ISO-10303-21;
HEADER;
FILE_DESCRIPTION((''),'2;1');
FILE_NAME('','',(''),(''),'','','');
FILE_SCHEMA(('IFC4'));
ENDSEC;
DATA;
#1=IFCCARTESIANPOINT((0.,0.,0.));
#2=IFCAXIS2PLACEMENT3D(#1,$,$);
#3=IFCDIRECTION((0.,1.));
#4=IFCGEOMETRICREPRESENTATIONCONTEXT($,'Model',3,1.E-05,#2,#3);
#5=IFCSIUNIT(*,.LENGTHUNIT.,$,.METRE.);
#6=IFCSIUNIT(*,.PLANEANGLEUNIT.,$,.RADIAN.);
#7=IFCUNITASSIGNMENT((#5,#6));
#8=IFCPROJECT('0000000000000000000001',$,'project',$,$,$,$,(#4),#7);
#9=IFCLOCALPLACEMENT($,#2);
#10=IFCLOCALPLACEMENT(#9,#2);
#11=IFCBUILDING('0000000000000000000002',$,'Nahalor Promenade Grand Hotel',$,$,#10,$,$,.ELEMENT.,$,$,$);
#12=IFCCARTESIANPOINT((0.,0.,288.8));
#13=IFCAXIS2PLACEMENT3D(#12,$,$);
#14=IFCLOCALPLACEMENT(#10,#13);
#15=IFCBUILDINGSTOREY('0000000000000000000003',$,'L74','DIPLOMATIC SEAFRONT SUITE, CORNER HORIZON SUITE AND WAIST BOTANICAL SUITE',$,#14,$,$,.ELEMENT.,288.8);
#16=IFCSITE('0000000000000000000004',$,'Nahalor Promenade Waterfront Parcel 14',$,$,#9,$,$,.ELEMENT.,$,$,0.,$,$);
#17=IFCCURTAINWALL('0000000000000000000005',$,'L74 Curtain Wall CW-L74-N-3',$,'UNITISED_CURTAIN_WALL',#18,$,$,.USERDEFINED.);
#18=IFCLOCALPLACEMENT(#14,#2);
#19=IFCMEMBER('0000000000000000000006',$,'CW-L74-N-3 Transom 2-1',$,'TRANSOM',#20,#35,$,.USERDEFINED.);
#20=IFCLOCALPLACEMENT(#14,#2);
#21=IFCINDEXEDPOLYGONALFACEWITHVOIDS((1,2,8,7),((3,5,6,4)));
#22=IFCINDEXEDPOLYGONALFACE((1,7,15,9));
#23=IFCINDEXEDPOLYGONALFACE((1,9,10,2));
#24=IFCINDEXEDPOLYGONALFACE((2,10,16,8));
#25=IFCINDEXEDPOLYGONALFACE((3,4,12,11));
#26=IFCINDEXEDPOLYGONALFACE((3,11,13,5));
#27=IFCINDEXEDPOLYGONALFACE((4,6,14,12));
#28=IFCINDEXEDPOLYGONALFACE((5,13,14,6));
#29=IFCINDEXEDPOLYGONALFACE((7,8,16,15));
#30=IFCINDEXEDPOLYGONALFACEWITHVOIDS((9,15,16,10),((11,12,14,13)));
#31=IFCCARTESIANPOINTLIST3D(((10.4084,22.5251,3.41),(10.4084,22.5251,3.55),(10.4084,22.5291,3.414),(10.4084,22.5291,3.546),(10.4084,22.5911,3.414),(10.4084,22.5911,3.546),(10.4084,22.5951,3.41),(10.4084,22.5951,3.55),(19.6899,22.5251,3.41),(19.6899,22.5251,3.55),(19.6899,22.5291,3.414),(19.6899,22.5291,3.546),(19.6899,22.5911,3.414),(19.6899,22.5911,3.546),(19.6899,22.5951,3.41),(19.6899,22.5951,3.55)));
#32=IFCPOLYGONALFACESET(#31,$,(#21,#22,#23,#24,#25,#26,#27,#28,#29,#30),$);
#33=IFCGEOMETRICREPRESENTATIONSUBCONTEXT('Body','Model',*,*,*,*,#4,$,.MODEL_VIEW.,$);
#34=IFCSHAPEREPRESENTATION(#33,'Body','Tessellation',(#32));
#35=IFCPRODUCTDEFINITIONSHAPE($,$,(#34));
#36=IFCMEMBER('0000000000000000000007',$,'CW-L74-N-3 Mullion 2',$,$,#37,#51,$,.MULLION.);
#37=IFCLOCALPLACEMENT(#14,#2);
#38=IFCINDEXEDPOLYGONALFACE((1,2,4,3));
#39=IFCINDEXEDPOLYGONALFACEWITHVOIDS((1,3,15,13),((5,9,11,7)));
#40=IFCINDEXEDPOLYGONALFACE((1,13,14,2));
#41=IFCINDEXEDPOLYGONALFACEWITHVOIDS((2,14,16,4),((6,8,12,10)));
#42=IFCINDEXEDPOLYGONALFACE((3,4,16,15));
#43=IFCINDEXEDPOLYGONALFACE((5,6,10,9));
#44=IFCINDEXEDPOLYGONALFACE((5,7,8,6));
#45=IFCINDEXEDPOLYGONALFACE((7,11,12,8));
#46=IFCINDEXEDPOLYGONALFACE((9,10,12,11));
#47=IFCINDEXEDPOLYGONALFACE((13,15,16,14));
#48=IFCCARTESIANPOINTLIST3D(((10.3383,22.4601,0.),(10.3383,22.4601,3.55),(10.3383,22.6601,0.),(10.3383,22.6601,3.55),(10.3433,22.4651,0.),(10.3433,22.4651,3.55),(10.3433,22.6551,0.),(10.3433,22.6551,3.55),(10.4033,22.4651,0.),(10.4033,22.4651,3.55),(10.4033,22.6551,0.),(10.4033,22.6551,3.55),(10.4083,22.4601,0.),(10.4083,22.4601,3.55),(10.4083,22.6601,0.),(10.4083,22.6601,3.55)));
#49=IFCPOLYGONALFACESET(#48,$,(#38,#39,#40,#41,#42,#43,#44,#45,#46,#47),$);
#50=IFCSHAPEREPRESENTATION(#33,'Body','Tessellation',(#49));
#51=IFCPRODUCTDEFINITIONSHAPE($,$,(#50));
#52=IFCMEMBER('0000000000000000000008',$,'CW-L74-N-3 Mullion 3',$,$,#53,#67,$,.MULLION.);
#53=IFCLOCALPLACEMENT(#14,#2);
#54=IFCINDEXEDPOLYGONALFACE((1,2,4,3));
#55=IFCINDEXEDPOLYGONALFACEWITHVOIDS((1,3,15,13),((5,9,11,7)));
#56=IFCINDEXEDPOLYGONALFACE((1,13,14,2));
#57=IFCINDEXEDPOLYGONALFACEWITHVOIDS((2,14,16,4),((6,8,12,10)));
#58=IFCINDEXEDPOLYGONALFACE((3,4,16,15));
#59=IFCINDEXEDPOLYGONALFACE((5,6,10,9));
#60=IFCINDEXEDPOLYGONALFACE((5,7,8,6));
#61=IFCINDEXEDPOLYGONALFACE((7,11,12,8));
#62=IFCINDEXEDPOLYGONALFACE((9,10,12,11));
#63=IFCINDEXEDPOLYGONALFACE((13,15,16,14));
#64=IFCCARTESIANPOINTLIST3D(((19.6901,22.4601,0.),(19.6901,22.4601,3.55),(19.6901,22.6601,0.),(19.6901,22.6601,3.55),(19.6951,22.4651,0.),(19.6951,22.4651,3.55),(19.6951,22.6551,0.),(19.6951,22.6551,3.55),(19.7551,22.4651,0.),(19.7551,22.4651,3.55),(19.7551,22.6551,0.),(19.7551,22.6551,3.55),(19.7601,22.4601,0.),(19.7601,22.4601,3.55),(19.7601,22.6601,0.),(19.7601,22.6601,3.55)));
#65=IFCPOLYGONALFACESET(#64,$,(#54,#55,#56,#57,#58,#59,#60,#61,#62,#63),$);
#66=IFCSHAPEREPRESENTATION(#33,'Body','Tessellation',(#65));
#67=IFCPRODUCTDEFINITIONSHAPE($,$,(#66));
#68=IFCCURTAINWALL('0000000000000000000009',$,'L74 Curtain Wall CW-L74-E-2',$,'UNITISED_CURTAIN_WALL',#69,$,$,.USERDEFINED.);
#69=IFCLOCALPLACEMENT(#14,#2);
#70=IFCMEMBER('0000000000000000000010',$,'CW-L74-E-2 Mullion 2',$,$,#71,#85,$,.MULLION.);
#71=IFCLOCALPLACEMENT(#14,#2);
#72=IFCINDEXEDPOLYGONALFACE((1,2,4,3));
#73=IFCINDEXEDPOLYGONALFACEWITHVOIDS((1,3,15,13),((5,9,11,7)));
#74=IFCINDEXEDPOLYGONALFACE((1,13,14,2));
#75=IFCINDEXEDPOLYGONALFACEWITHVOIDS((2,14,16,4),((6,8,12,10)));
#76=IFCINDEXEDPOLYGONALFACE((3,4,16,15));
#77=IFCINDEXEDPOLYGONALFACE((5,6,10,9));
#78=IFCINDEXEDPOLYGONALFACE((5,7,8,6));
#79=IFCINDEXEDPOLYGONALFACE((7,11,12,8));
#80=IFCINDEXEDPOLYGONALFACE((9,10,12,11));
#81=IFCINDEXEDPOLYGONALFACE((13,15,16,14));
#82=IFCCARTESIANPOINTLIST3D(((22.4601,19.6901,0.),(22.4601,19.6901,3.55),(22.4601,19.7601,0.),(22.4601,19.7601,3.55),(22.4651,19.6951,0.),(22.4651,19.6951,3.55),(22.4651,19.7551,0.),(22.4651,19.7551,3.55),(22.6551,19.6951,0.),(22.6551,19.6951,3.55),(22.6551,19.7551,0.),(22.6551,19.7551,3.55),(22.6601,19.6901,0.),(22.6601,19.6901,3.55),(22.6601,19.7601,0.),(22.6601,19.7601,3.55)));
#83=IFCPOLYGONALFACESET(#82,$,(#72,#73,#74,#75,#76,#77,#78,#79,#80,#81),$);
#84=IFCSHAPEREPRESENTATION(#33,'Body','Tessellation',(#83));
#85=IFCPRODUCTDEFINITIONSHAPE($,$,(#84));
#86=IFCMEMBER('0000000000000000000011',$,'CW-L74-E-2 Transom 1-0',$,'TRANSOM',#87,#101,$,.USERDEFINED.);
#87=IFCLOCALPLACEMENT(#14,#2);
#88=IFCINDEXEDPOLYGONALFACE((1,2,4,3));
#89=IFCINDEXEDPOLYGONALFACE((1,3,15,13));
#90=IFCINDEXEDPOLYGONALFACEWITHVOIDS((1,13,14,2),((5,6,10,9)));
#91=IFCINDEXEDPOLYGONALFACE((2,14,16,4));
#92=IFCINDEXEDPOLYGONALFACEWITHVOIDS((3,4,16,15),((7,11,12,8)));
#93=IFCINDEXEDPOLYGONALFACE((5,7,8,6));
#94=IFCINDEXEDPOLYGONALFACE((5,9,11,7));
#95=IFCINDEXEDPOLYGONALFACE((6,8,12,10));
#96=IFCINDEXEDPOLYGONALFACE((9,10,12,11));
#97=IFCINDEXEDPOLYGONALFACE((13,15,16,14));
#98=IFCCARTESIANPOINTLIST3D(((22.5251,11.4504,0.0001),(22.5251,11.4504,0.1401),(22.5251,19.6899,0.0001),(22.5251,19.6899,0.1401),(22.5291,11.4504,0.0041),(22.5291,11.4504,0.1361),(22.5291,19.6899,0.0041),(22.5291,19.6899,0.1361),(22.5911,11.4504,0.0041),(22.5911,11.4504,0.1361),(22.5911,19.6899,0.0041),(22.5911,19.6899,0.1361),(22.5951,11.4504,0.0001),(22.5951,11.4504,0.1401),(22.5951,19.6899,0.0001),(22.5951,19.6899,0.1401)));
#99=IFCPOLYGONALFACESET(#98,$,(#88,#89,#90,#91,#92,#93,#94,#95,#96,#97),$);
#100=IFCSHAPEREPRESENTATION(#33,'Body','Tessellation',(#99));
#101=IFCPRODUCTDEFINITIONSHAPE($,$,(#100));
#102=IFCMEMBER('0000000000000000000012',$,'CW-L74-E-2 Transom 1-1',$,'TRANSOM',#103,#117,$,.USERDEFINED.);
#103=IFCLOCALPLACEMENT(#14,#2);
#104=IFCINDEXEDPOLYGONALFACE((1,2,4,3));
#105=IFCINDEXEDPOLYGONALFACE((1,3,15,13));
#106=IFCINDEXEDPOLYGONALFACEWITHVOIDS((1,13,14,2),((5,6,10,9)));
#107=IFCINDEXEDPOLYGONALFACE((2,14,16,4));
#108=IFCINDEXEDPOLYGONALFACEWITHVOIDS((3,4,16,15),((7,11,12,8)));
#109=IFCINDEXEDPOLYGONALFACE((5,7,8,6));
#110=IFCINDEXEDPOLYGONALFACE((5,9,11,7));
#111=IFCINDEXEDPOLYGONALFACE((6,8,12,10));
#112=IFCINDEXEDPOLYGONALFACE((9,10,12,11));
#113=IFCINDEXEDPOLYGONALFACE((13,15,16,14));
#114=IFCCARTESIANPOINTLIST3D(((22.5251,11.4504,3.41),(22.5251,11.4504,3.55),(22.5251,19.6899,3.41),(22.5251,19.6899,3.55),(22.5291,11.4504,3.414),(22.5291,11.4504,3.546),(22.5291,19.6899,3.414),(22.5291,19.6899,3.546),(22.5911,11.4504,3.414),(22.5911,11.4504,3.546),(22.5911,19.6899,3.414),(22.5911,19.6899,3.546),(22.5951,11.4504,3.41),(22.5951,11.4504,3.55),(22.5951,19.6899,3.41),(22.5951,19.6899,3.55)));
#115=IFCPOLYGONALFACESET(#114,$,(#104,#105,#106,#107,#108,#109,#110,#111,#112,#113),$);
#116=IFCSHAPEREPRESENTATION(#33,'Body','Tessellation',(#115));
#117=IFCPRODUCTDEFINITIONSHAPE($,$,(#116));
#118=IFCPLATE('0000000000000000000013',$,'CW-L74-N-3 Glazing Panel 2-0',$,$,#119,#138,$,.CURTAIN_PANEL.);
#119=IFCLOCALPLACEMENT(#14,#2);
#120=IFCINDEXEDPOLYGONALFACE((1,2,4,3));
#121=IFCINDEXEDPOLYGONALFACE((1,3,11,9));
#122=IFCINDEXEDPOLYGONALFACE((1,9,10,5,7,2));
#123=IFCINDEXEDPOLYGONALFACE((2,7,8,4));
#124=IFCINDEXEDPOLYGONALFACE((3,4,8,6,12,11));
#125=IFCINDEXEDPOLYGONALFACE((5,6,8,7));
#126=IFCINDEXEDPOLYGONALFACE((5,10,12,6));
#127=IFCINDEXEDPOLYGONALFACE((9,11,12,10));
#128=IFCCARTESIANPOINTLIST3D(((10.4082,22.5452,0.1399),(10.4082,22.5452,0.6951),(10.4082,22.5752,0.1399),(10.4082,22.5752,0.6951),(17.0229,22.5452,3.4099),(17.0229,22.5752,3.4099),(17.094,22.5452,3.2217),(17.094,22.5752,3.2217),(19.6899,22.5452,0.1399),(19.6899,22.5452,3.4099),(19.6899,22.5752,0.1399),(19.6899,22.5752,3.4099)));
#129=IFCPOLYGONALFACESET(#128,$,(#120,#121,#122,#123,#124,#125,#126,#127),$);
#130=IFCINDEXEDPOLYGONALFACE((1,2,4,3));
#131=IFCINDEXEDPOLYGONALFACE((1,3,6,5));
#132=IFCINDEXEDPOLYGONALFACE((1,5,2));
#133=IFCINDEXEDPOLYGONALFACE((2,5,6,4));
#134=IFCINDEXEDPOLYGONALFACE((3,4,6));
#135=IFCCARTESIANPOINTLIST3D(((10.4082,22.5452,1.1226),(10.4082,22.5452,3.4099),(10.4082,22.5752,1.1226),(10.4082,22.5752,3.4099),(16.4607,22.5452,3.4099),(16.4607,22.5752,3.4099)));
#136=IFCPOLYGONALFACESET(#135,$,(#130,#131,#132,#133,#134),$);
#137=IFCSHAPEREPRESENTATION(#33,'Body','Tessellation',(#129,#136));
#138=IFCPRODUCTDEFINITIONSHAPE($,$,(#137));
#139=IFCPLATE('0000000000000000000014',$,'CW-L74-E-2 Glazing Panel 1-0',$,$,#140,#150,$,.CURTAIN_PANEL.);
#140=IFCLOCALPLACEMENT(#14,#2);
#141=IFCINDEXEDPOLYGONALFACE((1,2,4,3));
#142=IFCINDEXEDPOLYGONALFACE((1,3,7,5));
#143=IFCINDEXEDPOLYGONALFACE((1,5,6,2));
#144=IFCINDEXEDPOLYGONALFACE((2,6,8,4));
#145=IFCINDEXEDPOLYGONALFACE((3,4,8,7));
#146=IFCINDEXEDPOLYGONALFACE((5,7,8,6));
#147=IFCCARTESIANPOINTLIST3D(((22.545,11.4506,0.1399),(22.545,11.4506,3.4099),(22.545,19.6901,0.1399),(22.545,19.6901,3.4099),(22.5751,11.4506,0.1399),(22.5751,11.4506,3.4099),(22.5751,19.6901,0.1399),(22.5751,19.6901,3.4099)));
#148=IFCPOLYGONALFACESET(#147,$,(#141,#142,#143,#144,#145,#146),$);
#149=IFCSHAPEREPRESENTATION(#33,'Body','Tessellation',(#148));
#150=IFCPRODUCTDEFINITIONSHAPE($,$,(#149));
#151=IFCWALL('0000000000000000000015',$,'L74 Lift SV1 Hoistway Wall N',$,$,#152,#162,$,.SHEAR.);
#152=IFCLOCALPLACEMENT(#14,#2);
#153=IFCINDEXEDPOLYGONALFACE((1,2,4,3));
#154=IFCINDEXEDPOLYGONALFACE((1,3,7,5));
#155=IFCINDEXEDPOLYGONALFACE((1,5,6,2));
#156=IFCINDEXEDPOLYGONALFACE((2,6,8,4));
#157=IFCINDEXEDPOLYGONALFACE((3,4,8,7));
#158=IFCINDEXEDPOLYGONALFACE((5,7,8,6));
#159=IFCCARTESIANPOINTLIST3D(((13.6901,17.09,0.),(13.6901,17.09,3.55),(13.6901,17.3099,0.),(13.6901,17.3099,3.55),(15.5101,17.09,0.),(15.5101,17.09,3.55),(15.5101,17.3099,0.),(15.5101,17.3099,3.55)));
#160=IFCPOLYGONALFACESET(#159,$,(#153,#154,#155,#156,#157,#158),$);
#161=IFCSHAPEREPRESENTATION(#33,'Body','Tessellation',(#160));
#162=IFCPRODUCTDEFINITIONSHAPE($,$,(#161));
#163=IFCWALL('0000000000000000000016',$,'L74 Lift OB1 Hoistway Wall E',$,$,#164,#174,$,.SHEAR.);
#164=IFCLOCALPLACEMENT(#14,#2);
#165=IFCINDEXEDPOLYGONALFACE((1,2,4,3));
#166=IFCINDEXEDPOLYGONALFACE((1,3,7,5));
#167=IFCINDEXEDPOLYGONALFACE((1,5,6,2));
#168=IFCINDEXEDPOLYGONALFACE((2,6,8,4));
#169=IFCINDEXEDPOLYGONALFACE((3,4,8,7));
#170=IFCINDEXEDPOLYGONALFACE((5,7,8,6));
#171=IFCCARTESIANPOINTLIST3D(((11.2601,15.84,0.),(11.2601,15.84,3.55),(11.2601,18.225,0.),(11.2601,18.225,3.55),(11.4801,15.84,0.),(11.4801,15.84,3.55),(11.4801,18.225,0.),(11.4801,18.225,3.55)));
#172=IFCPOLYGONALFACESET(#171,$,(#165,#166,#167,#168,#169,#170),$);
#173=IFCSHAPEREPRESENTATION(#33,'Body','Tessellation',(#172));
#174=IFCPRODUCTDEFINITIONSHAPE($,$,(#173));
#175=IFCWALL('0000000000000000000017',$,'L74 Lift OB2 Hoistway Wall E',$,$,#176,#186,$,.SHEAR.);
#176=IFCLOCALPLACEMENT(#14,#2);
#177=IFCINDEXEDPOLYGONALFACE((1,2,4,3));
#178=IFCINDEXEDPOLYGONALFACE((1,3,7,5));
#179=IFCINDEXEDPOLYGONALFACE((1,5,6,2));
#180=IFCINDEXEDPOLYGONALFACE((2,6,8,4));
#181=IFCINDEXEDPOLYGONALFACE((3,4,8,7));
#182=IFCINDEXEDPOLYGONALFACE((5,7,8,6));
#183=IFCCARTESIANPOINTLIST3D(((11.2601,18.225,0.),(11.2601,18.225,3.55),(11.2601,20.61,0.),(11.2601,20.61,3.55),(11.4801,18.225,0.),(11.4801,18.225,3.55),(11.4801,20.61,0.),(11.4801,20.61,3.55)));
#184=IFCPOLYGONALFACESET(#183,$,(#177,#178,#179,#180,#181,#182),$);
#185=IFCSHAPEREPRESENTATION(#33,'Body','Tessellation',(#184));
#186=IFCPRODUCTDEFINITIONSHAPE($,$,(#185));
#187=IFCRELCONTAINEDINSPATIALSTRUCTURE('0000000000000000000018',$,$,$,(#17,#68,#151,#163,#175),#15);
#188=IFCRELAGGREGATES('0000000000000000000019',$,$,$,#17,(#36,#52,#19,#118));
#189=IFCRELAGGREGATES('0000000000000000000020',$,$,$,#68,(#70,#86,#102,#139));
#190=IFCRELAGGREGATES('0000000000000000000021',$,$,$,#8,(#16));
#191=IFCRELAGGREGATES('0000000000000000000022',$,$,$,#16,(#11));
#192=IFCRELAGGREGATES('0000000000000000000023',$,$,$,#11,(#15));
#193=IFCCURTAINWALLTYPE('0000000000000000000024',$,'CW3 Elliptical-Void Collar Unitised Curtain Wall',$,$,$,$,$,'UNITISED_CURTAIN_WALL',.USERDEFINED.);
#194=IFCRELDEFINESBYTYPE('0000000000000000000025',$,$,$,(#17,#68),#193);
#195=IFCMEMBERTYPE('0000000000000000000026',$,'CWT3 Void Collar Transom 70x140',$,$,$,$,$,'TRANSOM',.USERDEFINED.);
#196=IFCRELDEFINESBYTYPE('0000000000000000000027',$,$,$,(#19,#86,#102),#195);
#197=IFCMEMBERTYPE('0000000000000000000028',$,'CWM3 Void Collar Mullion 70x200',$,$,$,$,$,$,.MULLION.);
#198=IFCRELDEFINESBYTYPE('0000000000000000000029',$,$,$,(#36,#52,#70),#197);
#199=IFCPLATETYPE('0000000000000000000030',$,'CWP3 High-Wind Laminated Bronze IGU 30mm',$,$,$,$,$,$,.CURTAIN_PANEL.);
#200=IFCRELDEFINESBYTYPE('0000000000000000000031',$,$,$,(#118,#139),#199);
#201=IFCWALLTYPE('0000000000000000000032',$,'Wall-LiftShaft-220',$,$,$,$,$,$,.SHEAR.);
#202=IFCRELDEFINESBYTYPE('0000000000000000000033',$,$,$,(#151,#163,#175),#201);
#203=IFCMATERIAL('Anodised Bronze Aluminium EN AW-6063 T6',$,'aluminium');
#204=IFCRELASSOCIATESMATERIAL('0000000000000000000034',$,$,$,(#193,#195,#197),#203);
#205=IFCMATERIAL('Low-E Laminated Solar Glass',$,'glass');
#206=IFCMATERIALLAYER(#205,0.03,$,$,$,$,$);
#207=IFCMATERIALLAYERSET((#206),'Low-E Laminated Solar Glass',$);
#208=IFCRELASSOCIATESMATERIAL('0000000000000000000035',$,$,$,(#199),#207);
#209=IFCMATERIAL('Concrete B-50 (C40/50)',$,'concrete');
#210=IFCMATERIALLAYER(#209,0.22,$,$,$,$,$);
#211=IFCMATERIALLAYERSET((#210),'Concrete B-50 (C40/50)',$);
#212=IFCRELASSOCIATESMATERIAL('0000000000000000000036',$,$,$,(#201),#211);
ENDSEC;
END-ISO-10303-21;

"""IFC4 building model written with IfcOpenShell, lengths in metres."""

from ifc_helpers import new_model, si_unit, direction, frame, frame_2d, origin, origin_2d, place, context, subcontext, project, spatial, polyline, rectangle, hollow_rectangle, outline, extrude, source, transform, mapped, material, layer, layer_set, material_profile, profile_set, type_object, element, aggregate, save


model = new_model("IFC4")

# Units and contexts
model_context = context("Model", 3, precision=1e-05, world=origin(), true_north=direction((0.0, 1.0)))
body_context = subcontext(model_context, "Body", "Model", "MODEL_VIEW")
ifc_project = project(units=[si_unit("LENGTHUNIT", "METRE"), si_unit("PLANEANGLEUNIT", "RADIAN")], contexts=[model_context])

# Site, building, storey
site_placement = place(None, origin())
site = spatial("IfcSite", under=ifc_project, at=site_placement, Name="Nahalor Promenade Waterfront Parcel 14", CompositionType="ELEMENT", RefElevation=0.0)
building_placement = place(site_placement, origin())
building = spatial("IfcBuilding", under=site, at=building_placement, Name="Nahalor Promenade Grand Hotel", CompositionType="ELEMENT")
storey_placement = place(building_placement, frame((0.0, 0.0, 288.8)))
storey = spatial("IfcBuildingStorey", under=building, at=storey_placement, Name="L74", Description="DIPLOMATIC SEAFRONT SUITE, CORNER HORIZON SUITE AND WAIST BOTANICAL SUITE", CompositionType="ELEMENT", Elevation=288.8)

# Shared definitions
ifc_material_1 = material(Name="Concrete B-50 (C40/50)", Category="concrete")

# Curtain walls, members
ifc_material_2 = material(Name="Anodised Bronze Aluminium EN AW-6063 T6", Category="aluminium")
curtain_wall_type = type_object("IfcCurtainWallType", Name="CW3 Elliptical-Void Collar Unitised Curtain Wall", ElementType="UNITISED_CURTAIN_WALL", PredefinedType="USERDEFINED", material=ifc_material_2)
curtain_wall_1_placement = place(storey_placement, origin())
curtain_wall_1 = element("IfcCurtainWall", 1, at=curtain_wall_1_placement, inside=storey, type_object=curtain_wall_type, Name="L74 Curtain Wall CW-L74-N-3", ObjectType="UNITISED_CURTAIN_WALL", PredefinedType="USERDEFINED")
ifc_material_profile_1 = material_profile(ifc_material_2, hollow_rectangle(XDim=0.07, YDim=0.14, WallThickness=0.004, at=origin_2d()), Name="CWT 70x140x4")
ifc_profile_set_1 = profile_set([ifc_material_profile_1], Name="Anodised Bronze Aluminium EN AW-6063 T6")
member_type_1 = type_object("IfcMemberType", Name="CWT3 Void Collar Transom 70x140", ElementType="TRANSOM", PredefinedType="USERDEFINED", material=ifc_profile_set_1)
shared_shape_1 = source(origin(), body_context, "Body", "SweptSolid", [
    extrude(hollow_rectangle(XDim=0.07, YDim=0.14, WallThickness=0.004, at=origin_2d()), origin(), (0.0, 0.0, 1.0), 9.2815),
])
member_1_placement = place(storey_placement, frame((10.4084, 22.5601, 3.48), z_axis=(1.0, 0.0, 0.0), x_axis=(0.0, 1.0, 0.0)))
member_1 = element("IfcMember", 2, at=member_1_placement, type_object=member_type_1, Name="CW-L74-N-3 Transom 2-1", ObjectType="TRANSOM", PredefinedType="USERDEFINED", context=body_context, shape_type="MappedRepresentation", body=[
    mapped(shared_shape_1, transform((0.0, 0.0, 0.0), scale=1.0)),
])
ifc_material_profile_2 = material_profile(ifc_material_2, hollow_rectangle(XDim=0.07, YDim=0.2, WallThickness=0.005, at=origin_2d()), Name="CWM 70x200x5")
ifc_profile_set_2 = profile_set([ifc_material_profile_2], Name="Anodised Bronze Aluminium EN AW-6063 T6")
member_type_2 = type_object("IfcMemberType", Name="CWM3 Void Collar Mullion 70x200", PredefinedType="MULLION", material=ifc_profile_set_2)
shared_shape_2 = source(origin(), body_context, "Body", "SweptSolid", [
    extrude(hollow_rectangle(XDim=0.07, YDim=0.2, WallThickness=0.005, at=origin_2d()), origin(), (0.0, 0.0, 1.0), 3.55),
])
member_2_placement = place(storey_placement, frame((10.3733, 22.5601, 0.0), z_axis=(0.0, 0.0, 1.0), x_axis=(1.0, 0.0, 0.0)))
member_2 = element("IfcMember", 3, at=member_2_placement, type_object=member_type_2, Name="CW-L74-N-3 Mullion 2", PredefinedType="MULLION", context=body_context, shape_type="MappedRepresentation", body=[
    mapped(shared_shape_2, transform((0.0, 0.0, 0.0), scale=1.0)),
])
member_3_placement = place(storey_placement, frame((19.7251, 22.5601, 0.0), z_axis=(0.0, 0.0, 1.0), x_axis=(1.0, 0.0, 0.0)))
member_3 = element("IfcMember", 4, at=member_3_placement, type_object=member_type_2, Name="CW-L74-N-3 Mullion 3", PredefinedType="MULLION", context=body_context, shape_type="MappedRepresentation", body=[
    mapped(shared_shape_2, transform((0.0, 0.0, 0.0), scale=1.0)),
])
curtain_wall_2_placement = place(storey_placement, origin())
curtain_wall_2 = element("IfcCurtainWall", 5, at=curtain_wall_2_placement, inside=storey, type_object=curtain_wall_type, Name="L74 Curtain Wall CW-L74-E-2", ObjectType="UNITISED_CURTAIN_WALL", PredefinedType="USERDEFINED")
member_4_placement = place(storey_placement, frame((22.5601, 19.7251, 0.0), z_axis=(0.0, 0.0, 1.0), x_axis=(0.0, 1.0, 0.0)))
member_4 = element("IfcMember", 6, at=member_4_placement, type_object=member_type_2, Name="CW-L74-E-2 Mullion 2", PredefinedType="MULLION", context=body_context, shape_type="MappedRepresentation", body=[
    mapped(shared_shape_2, transform((0.0, 0.0, 0.0), scale=1.0)),
])
shared_shape_3 = source(origin(), body_context, "Body", "SweptSolid", [
    extrude(hollow_rectangle(XDim=0.07, YDim=0.14, WallThickness=0.004, at=origin_2d()), origin(), (0.0, 0.0, 1.0), 8.2395),
])
member_5_placement = place(storey_placement, frame((22.5601, 11.4504, 0.0701), z_axis=(0.0, 1.0, 0.0), x_axis=(-1.0, 0.0, 0.0)))
member_5 = element("IfcMember", 7, at=member_5_placement, type_object=member_type_1, Name="CW-L74-E-2 Transom 1-0", ObjectType="TRANSOM", PredefinedType="USERDEFINED", context=body_context, shape_type="MappedRepresentation", body=[
    mapped(shared_shape_3, transform((0.0, 0.0, 0.0), scale=1.0)),
])
member_6_placement = place(storey_placement, frame((22.5601, 11.4504, 3.48), z_axis=(0.0, 1.0, 0.0), x_axis=(-1.0, 0.0, 0.0)))
member_6 = element("IfcMember", 8, at=member_6_placement, type_object=member_type_1, Name="CW-L74-E-2 Transom 1-1", ObjectType="TRANSOM", PredefinedType="USERDEFINED", context=body_context, shape_type="MappedRepresentation", body=[
    mapped(shared_shape_3, transform((0.0, 0.0, 0.0), scale=1.0)),
])

# Plates
ifc_material_3 = material(Name="Low-E Laminated Solar Glass", Category="glass")
ifc_layer_1 = layer(ifc_material_3, 0.03)
ifc_layer_set_1 = layer_set([ifc_layer_1], Name="Low-E Laminated Solar Glass")
plate_type = type_object("IfcPlateType", Name="CWP3 High-Wind Laminated Bronze IGU 30mm", PredefinedType="CURTAIN_PANEL", material=ifc_layer_set_1)
plate_1_placement = place(storey_placement, frame((15.0491, 22.5601, 0.1399), z_axis=(0.0, 0.0, 1.0), x_axis=(1.0, 0.0, 0.0)))
plate_1 = element("IfcPlate", 9, at=plate_1_placement, type_object=plate_type, Name="CW-L74-N-3 Glazing Panel 2-0", PredefinedType="CURTAIN_PANEL", context=body_context, shape_type="SweptSolid", body=[
    extrude(outline(polyline([(4.6409, 0.0), (4.6409, 3.27), (1.9739, 3.27), (2.0449, 3.0818), (-4.6409, 0.5552), (-4.6409, 0.0), (4.6409, 0.0)])), frame((0.0, 0.0151, 0.0), z_axis=(0.0, -1.0, 0.0), x_axis=(1.0, 0.0, 0.0)), (0.0, 0.0, 1.0), 0.03),
    extrude(outline(polyline([(1.4116, 3.27), (-4.6409, 3.27), (-4.6409, 0.9827), (1.4116, 3.27)])), frame((0.0, 0.0151, 0.0), z_axis=(0.0, -1.0, 0.0), x_axis=(1.0, 0.0, 0.0)), (0.0, 0.0, 1.0), 0.03),
])
aggregate(curtain_wall_1, [member_2, member_3, member_1, plate_1])
shared_shape_4 = source(origin(), body_context, "Body", "SweptSolid", [
    extrude(rectangle(XDim=8.2395, YDim=0.03, at=origin_2d()), origin(), (0.0, 0.0, 1.0), 3.27),
])
plate_2_placement = place(storey_placement, frame((22.5601, 15.5703, 0.1399), z_axis=(0.0, 0.0, 1.0), x_axis=(0.0, 1.0, 0.0)))
plate_2 = element("IfcPlate", 10, at=plate_2_placement, type_object=plate_type, Name="CW-L74-E-2 Glazing Panel 1-0", PredefinedType="CURTAIN_PANEL", context=body_context, shape_type="MappedRepresentation", body=[
    mapped(shared_shape_4, transform((0.0, 0.0, 0.0), scale=1.0)),
])
aggregate(curtain_wall_2, [member_4, member_5, member_6, plate_2])

# Walls
ifc_layer_2 = layer(ifc_material_1, 0.22)
ifc_layer_set_2 = layer_set([ifc_layer_2], Name="Concrete B-50 (C40/50)")
wall_type_1 = type_object("IfcWallType", Name="Wall-LiftShaft-220", PredefinedType="SHEAR", material=ifc_layer_set_2)
shared_shape_5 = source(origin(), body_context, "Body", "SweptSolid", [
    extrude(rectangle(XDim=1.8201, YDim=0.22, at=frame_2d((0.9102, 0.0))), origin(), (0.0, 0.0, 1.0), 3.55),
])
wall_1_placement = place(storey_placement, frame((13.6899, 17.2, 0.0), z_axis=(0.0, 0.0, 1.0), x_axis=(1.0, 0.0, 0.0)))
element("IfcWall", 11, at=wall_1_placement, inside=storey, type_object=wall_type_1, Name="L74 Lift SV1 Hoistway Wall N", PredefinedType="SHEAR", context=body_context, shape_type="MappedRepresentation", body=[
    mapped(shared_shape_5, transform((0.0, 0.0, 0.0), scale=1.0)),
])
shared_shape_6 = source(origin(), body_context, "Body", "SweptSolid", [
    extrude(rectangle(XDim=2.385, YDim=0.22, at=frame_2d((1.1924, 0.0))), origin(), (0.0, 0.0, 1.0), 3.55),
])
for number, where, z_axis, x_axis, name in (
    (12, (11.3701, 15.8401, 0.0), (0.0, 0.0, 1.0), (0.0, 1.0, 0.0), "L74 Lift OB1 Hoistway Wall E"),
    (13, (11.3701, 18.2251, 0.0), (0.0, 0.0, 1.0), (0.0, 1.0, 0.0), "L74 Lift OB2 Hoistway Wall E"),
):
    element("IfcWall", number, at=place(storey_placement, frame(where, z_axis=z_axis, x_axis=x_axis)), inside=storey, type_object=wall_type_1, Name=name, PredefinedType="SHEAR", context=body_context, shape_type="MappedRepresentation", body=[
        mapped(shared_shape_6, transform((0.0, 0.0, 0.0), scale=1.0)),
    ])

save(model, "model.ifc")
